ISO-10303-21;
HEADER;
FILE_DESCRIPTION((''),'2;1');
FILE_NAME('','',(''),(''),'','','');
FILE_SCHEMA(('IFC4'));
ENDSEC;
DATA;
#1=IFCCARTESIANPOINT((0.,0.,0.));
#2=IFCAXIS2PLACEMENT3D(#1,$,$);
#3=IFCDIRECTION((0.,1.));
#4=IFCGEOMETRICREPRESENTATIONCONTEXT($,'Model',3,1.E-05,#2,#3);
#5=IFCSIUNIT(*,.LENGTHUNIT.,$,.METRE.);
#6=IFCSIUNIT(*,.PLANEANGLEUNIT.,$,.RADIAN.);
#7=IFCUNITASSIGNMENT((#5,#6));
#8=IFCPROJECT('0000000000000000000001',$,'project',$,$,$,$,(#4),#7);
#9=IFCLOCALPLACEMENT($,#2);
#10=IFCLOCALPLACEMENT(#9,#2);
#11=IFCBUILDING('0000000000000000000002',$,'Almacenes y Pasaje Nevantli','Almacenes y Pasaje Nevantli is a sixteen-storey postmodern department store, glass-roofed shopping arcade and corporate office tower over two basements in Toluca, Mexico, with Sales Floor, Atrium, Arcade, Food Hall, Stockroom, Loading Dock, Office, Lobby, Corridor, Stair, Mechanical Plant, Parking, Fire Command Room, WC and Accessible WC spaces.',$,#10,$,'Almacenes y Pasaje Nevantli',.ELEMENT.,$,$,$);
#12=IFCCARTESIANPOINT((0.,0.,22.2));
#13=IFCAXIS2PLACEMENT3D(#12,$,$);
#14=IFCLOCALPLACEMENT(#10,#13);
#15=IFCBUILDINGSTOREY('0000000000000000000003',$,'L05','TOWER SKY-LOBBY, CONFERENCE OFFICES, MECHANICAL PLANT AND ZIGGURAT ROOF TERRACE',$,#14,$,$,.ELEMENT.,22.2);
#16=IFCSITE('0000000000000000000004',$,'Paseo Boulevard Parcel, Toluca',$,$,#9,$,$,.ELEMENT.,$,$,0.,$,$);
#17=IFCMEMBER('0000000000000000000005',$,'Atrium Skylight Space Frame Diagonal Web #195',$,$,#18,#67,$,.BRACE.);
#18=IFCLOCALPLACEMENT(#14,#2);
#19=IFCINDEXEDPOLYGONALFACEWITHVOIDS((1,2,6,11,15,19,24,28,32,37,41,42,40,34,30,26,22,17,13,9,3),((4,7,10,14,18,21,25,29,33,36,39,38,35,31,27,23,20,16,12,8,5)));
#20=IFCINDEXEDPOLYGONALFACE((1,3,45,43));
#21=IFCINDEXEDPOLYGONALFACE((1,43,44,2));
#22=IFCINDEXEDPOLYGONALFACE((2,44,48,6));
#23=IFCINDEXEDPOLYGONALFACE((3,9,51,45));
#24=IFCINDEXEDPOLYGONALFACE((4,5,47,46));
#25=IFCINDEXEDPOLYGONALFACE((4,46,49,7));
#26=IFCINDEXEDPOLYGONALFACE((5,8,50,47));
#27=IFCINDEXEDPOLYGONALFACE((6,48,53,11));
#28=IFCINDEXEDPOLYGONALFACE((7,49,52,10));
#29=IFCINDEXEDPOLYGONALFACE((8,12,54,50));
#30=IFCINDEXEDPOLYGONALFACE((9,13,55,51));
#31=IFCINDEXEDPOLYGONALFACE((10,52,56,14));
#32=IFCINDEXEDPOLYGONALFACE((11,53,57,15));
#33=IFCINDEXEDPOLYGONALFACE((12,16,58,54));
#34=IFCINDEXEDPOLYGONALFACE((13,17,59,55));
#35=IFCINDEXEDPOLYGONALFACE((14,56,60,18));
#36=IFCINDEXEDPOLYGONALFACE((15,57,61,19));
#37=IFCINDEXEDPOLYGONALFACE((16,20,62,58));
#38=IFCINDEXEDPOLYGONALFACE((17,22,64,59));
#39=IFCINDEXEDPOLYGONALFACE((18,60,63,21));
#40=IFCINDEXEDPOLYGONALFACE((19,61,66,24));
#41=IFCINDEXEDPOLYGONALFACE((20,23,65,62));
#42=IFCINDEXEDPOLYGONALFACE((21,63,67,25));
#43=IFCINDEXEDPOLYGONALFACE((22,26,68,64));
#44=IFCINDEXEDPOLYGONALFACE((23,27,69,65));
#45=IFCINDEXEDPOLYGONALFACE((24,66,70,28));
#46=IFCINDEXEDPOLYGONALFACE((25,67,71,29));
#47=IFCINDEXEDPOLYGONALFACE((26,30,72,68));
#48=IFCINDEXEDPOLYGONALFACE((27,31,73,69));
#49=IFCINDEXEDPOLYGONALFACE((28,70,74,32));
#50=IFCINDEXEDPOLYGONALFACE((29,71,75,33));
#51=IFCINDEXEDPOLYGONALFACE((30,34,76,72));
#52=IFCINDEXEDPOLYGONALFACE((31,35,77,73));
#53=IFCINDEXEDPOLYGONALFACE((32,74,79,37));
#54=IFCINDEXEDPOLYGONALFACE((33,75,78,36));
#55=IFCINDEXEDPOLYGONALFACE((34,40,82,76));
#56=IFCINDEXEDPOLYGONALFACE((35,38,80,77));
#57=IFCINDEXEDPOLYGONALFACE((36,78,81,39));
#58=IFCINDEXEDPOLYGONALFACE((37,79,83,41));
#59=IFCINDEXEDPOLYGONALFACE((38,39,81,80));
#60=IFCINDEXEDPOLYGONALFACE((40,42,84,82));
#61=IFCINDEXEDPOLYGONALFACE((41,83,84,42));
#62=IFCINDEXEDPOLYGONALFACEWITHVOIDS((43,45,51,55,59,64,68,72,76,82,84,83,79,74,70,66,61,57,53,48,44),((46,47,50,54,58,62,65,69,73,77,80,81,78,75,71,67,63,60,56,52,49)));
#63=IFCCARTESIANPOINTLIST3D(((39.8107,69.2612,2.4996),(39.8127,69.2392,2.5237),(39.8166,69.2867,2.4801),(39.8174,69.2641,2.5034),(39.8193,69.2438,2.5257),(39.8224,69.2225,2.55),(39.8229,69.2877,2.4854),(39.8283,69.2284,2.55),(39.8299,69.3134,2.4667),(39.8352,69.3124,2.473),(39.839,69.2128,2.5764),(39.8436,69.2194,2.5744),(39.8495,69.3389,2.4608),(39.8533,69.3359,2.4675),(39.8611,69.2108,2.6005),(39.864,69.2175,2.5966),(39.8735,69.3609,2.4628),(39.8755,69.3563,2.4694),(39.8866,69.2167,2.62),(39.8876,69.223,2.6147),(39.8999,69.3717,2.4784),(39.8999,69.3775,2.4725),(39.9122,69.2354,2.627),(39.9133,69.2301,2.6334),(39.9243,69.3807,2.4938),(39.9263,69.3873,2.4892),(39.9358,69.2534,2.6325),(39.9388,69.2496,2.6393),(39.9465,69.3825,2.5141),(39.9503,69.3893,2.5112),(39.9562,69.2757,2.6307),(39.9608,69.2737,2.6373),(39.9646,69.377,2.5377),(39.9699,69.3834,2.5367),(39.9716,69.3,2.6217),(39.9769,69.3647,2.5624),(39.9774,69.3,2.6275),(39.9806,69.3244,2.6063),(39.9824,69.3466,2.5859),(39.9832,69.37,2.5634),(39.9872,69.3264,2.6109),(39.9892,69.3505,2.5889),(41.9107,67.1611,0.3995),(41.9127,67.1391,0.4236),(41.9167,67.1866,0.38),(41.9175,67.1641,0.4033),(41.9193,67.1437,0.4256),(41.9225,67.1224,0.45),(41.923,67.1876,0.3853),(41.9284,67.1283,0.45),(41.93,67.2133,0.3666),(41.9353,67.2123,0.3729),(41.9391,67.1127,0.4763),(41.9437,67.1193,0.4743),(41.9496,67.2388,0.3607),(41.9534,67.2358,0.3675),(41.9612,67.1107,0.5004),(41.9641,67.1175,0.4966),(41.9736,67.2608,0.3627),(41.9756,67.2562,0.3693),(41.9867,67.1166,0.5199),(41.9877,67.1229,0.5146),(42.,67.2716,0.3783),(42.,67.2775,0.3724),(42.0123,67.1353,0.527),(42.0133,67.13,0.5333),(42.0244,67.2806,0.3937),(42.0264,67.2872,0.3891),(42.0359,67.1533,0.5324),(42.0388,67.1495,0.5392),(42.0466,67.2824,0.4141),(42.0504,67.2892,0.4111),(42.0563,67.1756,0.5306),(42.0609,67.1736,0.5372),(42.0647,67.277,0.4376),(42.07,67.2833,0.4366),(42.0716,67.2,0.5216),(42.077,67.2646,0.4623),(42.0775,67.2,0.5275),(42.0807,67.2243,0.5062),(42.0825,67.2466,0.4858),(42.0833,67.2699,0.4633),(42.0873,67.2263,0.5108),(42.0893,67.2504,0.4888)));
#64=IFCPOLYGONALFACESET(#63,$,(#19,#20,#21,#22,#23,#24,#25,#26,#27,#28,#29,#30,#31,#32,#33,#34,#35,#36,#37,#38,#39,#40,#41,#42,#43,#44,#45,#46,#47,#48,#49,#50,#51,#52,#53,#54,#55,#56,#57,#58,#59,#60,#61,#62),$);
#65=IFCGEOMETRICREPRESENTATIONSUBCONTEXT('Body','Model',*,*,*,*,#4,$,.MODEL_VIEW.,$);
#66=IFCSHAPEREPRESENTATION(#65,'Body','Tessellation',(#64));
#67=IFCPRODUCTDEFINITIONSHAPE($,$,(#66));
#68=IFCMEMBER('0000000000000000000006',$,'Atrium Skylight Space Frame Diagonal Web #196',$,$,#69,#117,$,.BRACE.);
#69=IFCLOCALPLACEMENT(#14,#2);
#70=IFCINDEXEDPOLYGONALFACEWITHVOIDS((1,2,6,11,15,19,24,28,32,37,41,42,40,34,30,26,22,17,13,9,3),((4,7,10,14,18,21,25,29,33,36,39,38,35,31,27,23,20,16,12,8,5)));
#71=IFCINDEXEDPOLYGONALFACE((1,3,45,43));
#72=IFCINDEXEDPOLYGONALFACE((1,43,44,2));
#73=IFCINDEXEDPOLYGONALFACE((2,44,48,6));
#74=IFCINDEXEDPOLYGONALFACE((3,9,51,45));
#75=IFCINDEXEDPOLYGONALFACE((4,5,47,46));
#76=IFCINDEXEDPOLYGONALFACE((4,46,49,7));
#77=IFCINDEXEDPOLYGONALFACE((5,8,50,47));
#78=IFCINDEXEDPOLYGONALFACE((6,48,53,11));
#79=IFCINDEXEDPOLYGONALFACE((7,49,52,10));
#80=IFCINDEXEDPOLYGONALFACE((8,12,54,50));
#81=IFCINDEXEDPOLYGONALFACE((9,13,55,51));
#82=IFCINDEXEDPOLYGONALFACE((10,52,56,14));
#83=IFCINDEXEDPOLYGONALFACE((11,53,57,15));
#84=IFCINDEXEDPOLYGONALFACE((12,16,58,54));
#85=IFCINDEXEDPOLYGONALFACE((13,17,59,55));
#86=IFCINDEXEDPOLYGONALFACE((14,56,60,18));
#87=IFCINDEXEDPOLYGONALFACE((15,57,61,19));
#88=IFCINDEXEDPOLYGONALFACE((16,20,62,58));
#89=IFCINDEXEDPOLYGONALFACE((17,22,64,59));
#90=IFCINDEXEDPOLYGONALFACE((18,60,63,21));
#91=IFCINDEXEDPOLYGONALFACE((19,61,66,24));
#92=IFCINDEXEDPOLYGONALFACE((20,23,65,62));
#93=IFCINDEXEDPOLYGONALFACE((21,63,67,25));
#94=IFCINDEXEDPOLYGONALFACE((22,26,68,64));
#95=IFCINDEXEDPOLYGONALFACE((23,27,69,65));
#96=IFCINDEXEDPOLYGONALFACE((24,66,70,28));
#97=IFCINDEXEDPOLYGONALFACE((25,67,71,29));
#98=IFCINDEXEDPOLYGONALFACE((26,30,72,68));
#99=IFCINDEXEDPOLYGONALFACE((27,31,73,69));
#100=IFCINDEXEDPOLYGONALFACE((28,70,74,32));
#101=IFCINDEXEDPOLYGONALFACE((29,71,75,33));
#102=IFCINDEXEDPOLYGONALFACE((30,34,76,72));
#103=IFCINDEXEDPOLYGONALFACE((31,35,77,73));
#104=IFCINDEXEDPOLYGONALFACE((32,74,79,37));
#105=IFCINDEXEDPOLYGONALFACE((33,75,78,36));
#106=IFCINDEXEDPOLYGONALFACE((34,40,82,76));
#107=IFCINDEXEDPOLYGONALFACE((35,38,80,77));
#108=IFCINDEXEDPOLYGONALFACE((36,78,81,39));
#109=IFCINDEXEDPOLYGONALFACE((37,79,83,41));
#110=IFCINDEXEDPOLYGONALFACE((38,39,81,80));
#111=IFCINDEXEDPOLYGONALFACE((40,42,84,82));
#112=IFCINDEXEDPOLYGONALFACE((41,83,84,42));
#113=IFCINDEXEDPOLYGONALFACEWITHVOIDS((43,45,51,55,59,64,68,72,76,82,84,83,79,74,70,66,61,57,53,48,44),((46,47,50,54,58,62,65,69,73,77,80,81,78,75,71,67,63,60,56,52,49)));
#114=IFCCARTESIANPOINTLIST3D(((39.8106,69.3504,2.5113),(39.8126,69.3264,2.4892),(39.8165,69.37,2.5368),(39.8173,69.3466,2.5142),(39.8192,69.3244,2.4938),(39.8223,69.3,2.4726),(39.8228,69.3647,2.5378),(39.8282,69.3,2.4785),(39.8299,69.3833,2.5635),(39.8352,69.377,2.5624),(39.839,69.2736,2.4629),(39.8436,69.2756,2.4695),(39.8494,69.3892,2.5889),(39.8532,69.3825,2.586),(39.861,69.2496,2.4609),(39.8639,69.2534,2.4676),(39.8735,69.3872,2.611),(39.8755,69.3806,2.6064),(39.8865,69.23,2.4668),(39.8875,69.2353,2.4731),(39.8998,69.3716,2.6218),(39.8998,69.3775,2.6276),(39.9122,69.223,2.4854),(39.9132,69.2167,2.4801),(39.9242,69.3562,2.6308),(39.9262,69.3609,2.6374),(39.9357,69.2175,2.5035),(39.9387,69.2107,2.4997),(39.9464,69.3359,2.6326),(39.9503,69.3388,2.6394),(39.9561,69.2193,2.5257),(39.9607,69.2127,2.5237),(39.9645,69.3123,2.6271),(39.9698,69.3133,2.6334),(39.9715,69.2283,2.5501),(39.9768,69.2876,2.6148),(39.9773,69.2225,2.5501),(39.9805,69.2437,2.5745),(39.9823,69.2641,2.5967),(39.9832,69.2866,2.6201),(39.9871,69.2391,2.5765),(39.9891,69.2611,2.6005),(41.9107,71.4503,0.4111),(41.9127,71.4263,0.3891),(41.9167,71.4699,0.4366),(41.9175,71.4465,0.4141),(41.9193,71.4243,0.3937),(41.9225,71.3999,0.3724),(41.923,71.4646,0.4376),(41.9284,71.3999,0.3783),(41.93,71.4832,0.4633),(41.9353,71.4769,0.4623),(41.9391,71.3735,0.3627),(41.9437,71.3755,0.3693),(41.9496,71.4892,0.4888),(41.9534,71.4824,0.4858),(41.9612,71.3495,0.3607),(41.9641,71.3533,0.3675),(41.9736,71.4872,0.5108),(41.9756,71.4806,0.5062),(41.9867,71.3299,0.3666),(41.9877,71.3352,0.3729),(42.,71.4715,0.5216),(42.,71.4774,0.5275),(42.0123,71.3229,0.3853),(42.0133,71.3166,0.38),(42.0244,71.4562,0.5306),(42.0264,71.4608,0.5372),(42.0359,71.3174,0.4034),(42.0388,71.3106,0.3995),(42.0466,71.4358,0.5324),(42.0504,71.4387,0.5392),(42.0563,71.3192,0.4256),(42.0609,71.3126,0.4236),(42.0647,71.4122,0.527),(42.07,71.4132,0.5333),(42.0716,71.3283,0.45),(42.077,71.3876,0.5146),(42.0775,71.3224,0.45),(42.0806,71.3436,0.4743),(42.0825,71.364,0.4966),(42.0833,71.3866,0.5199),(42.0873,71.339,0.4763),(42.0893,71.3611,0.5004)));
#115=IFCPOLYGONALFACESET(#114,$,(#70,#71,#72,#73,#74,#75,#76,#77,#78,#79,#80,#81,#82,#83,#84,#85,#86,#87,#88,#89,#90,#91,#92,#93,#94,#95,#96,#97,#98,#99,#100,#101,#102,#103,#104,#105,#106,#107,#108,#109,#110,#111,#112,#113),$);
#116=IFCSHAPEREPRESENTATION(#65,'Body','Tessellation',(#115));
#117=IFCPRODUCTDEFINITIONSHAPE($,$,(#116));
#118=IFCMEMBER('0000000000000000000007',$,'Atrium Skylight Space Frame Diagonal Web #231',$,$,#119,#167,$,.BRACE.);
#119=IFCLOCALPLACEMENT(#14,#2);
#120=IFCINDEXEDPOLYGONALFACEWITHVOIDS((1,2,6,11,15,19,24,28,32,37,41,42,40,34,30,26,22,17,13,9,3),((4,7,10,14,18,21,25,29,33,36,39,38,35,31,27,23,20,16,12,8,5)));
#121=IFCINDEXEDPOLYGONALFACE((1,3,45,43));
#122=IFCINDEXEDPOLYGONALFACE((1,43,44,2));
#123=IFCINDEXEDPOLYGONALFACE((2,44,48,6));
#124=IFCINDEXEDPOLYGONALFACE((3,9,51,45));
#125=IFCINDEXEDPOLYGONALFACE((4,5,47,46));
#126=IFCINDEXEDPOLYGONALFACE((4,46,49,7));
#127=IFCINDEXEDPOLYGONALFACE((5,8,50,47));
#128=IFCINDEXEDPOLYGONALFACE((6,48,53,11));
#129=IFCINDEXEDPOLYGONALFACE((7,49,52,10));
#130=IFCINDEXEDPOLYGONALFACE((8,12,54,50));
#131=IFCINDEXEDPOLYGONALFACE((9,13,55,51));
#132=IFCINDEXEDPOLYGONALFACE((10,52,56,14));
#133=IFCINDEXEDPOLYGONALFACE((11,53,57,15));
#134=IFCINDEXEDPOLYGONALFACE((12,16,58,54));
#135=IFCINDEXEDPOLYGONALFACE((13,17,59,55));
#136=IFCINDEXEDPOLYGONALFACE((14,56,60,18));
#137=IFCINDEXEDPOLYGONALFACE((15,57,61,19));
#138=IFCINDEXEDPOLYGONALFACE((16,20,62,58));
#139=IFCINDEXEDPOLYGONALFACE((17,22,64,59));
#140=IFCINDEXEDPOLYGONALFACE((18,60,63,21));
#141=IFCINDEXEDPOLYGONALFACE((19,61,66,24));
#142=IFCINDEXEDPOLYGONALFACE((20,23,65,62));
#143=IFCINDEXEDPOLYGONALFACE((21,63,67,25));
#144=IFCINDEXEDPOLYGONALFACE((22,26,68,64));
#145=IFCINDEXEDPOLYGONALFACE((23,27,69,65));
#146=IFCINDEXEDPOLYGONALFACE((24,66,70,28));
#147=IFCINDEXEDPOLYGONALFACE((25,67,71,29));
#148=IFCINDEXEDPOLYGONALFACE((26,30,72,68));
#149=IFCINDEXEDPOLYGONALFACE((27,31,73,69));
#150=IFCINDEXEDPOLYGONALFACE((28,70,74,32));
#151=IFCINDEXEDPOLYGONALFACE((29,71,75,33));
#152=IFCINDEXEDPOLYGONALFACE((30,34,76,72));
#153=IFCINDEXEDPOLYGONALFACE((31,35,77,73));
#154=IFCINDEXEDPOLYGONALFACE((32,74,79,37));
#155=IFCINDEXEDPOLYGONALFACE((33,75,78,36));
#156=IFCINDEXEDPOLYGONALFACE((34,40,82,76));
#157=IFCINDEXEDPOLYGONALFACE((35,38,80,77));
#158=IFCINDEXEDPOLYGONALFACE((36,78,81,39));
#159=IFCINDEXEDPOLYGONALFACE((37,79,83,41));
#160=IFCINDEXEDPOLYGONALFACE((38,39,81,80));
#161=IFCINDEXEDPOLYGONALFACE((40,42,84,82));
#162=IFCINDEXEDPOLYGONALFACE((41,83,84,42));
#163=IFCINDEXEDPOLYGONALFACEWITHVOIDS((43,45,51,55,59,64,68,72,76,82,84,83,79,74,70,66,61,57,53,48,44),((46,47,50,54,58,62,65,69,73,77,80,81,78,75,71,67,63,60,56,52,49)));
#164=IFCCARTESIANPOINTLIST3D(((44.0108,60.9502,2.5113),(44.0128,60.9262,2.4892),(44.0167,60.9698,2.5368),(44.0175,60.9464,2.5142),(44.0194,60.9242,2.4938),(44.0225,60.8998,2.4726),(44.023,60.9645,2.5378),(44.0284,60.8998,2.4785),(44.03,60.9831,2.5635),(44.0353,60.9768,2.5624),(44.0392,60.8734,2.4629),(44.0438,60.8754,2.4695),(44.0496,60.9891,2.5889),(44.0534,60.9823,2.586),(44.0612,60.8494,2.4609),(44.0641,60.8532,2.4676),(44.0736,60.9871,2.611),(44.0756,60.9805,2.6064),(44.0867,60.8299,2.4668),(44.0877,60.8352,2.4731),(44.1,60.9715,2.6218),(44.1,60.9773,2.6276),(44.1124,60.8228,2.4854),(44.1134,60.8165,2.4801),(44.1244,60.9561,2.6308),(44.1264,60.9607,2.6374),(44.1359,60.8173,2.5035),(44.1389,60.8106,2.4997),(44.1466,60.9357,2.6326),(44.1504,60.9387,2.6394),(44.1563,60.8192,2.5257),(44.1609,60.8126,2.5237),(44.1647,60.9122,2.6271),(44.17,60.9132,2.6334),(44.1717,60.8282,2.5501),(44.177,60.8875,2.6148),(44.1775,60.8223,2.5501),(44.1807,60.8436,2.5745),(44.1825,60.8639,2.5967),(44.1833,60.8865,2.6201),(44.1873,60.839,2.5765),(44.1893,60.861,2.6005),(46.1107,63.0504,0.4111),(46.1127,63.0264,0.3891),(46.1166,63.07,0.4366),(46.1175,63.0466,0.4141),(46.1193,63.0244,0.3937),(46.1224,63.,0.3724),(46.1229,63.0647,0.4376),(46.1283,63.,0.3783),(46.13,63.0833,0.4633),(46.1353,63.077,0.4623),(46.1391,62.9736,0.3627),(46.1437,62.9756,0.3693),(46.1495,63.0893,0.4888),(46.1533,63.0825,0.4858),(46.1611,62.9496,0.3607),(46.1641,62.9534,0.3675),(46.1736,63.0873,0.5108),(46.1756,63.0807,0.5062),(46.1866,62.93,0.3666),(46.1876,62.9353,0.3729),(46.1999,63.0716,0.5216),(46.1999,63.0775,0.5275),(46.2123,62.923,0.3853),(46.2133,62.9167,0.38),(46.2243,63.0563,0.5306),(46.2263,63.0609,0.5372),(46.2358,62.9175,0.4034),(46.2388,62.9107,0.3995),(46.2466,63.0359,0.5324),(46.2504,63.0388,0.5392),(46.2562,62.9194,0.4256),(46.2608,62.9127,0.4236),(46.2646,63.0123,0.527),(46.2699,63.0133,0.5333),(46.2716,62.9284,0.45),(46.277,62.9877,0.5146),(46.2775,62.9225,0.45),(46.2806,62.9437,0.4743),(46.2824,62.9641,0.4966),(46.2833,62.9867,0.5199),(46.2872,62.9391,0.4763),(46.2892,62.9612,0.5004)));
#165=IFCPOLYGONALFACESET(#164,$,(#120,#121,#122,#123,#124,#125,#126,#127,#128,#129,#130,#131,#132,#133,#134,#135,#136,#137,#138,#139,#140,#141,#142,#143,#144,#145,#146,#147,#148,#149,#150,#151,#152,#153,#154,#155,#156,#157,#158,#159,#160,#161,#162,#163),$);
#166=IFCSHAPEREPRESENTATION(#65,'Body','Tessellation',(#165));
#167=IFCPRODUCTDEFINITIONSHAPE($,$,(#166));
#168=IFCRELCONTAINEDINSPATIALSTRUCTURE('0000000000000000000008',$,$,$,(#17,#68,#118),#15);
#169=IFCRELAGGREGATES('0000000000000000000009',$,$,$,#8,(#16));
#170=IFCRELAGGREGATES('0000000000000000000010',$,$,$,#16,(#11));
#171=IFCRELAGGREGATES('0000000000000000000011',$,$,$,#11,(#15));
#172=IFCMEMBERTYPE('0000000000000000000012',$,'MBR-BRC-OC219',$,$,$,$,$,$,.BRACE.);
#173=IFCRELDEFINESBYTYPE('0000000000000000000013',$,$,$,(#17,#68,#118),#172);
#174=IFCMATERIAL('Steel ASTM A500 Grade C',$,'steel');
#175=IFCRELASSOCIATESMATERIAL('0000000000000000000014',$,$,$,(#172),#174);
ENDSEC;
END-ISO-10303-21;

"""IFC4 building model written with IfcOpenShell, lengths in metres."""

from ifc_helpers import new_model, si_unit, direction, frame, origin, origin_2d, place, context, subcontext, project, spatial, hollow_circle, extrude, material, material_profile, profile_set, type_object, element, save


model = new_model("IFC4")

# Units and contexts
model_context = context("Model", 3, precision=1e-05, world=origin(), true_north=direction((0.0, 1.0)))
body_context = subcontext(model_context, "Body", "Model", "MODEL_VIEW")
ifc_project = project(units=[si_unit("LENGTHUNIT", "METRE"), si_unit("PLANEANGLEUNIT", "RADIAN")], contexts=[model_context])

# Site, building, storey
site_placement = place(None, origin())
site = spatial("IfcSite", under=ifc_project, at=site_placement, Name="Paseo Boulevard Parcel, Toluca", CompositionType="ELEMENT", RefElevation=0.0)
building_placement = place(site_placement, origin())
building = spatial("IfcBuilding", under=site, at=building_placement, Name="Almacenes y Pasaje Nevantli", Description="Almacenes y Pasaje Nevantli is a sixteen-storey postmodern department store, glass-roofed shopping arcade and corporate office tower over two basements in Toluca, Mexico, with Sales Floor, Atrium, Arcade, Food Hall, Stockroom, Loading Dock, Office, Lobby, Corridor, Stair, Mechanical Plant, Parking, Fire Command Room, WC and Accessible WC spaces.", LongName="Almacenes y Pasaje Nevantli", CompositionType="ELEMENT")
storey_placement = place(building_placement, frame((0.0, 0.0, 22.2)))
storey = spatial("IfcBuildingStorey", under=building, at=storey_placement, Name="L05", Description="TOWER SKY-LOBBY, CONFERENCE OFFICES, MECHANICAL PLANT AND ZIGGURAT ROOF TERRACE", CompositionType="ELEMENT", Elevation=22.2)

# Members
ifc_material_1 = material(Name="Steel ASTM A500 Grade C", Category="steel")
ifc_material_profile_1 = material_profile(ifc_material_1, hollow_circle(Radius=0.1096, WallThickness=0.0083, at=origin_2d()), Name="OC 219x8.2")
ifc_profile_set_1 = profile_set([ifc_material_profile_1], Name="Steel ASTM A500 Grade C")
member_type_1 = type_object("IfcMemberType", Name="MBR-BRC-OC219", PredefinedType="BRACE", material=ifc_profile_set_1)
for number, where, z_axis, x_axis, name in (
    (1, (42.0, 67.2, 0.45), (-0.57735, 0.57735, 0.57735), (-0.707107, -0.707107, 0.0), "Atrium Skylight Space Frame Diagonal Web #195"),
    (2, (42.0, 71.3999, 0.45), (-0.577373, -0.577306, 0.577373), (0.707066, -0.707148, 0.0), "Atrium Skylight Space Frame Diagonal Web #196"),
    (3, (46.2, 63.0, 0.45), (-0.577306, -0.577373, 0.577373), (0.707148, -0.707066, 0.0), "Atrium Skylight Space Frame Diagonal Web #231"),
):
    element("IfcMember", number, at=place(storey_placement, frame(where, z_axis=z_axis, x_axis=x_axis)), inside=storey, type_object=member_type_1, Name=name, PredefinedType="BRACE", context=body_context, shape_type="SweptSolid", body=[
        extrude(hollow_circle(Radius=0.1096, WallThickness=0.0083, at=origin_2d()), origin(), (0.0, 0.0, 1.0), 3.6375),
    ])

save(model, "model.ifc")
